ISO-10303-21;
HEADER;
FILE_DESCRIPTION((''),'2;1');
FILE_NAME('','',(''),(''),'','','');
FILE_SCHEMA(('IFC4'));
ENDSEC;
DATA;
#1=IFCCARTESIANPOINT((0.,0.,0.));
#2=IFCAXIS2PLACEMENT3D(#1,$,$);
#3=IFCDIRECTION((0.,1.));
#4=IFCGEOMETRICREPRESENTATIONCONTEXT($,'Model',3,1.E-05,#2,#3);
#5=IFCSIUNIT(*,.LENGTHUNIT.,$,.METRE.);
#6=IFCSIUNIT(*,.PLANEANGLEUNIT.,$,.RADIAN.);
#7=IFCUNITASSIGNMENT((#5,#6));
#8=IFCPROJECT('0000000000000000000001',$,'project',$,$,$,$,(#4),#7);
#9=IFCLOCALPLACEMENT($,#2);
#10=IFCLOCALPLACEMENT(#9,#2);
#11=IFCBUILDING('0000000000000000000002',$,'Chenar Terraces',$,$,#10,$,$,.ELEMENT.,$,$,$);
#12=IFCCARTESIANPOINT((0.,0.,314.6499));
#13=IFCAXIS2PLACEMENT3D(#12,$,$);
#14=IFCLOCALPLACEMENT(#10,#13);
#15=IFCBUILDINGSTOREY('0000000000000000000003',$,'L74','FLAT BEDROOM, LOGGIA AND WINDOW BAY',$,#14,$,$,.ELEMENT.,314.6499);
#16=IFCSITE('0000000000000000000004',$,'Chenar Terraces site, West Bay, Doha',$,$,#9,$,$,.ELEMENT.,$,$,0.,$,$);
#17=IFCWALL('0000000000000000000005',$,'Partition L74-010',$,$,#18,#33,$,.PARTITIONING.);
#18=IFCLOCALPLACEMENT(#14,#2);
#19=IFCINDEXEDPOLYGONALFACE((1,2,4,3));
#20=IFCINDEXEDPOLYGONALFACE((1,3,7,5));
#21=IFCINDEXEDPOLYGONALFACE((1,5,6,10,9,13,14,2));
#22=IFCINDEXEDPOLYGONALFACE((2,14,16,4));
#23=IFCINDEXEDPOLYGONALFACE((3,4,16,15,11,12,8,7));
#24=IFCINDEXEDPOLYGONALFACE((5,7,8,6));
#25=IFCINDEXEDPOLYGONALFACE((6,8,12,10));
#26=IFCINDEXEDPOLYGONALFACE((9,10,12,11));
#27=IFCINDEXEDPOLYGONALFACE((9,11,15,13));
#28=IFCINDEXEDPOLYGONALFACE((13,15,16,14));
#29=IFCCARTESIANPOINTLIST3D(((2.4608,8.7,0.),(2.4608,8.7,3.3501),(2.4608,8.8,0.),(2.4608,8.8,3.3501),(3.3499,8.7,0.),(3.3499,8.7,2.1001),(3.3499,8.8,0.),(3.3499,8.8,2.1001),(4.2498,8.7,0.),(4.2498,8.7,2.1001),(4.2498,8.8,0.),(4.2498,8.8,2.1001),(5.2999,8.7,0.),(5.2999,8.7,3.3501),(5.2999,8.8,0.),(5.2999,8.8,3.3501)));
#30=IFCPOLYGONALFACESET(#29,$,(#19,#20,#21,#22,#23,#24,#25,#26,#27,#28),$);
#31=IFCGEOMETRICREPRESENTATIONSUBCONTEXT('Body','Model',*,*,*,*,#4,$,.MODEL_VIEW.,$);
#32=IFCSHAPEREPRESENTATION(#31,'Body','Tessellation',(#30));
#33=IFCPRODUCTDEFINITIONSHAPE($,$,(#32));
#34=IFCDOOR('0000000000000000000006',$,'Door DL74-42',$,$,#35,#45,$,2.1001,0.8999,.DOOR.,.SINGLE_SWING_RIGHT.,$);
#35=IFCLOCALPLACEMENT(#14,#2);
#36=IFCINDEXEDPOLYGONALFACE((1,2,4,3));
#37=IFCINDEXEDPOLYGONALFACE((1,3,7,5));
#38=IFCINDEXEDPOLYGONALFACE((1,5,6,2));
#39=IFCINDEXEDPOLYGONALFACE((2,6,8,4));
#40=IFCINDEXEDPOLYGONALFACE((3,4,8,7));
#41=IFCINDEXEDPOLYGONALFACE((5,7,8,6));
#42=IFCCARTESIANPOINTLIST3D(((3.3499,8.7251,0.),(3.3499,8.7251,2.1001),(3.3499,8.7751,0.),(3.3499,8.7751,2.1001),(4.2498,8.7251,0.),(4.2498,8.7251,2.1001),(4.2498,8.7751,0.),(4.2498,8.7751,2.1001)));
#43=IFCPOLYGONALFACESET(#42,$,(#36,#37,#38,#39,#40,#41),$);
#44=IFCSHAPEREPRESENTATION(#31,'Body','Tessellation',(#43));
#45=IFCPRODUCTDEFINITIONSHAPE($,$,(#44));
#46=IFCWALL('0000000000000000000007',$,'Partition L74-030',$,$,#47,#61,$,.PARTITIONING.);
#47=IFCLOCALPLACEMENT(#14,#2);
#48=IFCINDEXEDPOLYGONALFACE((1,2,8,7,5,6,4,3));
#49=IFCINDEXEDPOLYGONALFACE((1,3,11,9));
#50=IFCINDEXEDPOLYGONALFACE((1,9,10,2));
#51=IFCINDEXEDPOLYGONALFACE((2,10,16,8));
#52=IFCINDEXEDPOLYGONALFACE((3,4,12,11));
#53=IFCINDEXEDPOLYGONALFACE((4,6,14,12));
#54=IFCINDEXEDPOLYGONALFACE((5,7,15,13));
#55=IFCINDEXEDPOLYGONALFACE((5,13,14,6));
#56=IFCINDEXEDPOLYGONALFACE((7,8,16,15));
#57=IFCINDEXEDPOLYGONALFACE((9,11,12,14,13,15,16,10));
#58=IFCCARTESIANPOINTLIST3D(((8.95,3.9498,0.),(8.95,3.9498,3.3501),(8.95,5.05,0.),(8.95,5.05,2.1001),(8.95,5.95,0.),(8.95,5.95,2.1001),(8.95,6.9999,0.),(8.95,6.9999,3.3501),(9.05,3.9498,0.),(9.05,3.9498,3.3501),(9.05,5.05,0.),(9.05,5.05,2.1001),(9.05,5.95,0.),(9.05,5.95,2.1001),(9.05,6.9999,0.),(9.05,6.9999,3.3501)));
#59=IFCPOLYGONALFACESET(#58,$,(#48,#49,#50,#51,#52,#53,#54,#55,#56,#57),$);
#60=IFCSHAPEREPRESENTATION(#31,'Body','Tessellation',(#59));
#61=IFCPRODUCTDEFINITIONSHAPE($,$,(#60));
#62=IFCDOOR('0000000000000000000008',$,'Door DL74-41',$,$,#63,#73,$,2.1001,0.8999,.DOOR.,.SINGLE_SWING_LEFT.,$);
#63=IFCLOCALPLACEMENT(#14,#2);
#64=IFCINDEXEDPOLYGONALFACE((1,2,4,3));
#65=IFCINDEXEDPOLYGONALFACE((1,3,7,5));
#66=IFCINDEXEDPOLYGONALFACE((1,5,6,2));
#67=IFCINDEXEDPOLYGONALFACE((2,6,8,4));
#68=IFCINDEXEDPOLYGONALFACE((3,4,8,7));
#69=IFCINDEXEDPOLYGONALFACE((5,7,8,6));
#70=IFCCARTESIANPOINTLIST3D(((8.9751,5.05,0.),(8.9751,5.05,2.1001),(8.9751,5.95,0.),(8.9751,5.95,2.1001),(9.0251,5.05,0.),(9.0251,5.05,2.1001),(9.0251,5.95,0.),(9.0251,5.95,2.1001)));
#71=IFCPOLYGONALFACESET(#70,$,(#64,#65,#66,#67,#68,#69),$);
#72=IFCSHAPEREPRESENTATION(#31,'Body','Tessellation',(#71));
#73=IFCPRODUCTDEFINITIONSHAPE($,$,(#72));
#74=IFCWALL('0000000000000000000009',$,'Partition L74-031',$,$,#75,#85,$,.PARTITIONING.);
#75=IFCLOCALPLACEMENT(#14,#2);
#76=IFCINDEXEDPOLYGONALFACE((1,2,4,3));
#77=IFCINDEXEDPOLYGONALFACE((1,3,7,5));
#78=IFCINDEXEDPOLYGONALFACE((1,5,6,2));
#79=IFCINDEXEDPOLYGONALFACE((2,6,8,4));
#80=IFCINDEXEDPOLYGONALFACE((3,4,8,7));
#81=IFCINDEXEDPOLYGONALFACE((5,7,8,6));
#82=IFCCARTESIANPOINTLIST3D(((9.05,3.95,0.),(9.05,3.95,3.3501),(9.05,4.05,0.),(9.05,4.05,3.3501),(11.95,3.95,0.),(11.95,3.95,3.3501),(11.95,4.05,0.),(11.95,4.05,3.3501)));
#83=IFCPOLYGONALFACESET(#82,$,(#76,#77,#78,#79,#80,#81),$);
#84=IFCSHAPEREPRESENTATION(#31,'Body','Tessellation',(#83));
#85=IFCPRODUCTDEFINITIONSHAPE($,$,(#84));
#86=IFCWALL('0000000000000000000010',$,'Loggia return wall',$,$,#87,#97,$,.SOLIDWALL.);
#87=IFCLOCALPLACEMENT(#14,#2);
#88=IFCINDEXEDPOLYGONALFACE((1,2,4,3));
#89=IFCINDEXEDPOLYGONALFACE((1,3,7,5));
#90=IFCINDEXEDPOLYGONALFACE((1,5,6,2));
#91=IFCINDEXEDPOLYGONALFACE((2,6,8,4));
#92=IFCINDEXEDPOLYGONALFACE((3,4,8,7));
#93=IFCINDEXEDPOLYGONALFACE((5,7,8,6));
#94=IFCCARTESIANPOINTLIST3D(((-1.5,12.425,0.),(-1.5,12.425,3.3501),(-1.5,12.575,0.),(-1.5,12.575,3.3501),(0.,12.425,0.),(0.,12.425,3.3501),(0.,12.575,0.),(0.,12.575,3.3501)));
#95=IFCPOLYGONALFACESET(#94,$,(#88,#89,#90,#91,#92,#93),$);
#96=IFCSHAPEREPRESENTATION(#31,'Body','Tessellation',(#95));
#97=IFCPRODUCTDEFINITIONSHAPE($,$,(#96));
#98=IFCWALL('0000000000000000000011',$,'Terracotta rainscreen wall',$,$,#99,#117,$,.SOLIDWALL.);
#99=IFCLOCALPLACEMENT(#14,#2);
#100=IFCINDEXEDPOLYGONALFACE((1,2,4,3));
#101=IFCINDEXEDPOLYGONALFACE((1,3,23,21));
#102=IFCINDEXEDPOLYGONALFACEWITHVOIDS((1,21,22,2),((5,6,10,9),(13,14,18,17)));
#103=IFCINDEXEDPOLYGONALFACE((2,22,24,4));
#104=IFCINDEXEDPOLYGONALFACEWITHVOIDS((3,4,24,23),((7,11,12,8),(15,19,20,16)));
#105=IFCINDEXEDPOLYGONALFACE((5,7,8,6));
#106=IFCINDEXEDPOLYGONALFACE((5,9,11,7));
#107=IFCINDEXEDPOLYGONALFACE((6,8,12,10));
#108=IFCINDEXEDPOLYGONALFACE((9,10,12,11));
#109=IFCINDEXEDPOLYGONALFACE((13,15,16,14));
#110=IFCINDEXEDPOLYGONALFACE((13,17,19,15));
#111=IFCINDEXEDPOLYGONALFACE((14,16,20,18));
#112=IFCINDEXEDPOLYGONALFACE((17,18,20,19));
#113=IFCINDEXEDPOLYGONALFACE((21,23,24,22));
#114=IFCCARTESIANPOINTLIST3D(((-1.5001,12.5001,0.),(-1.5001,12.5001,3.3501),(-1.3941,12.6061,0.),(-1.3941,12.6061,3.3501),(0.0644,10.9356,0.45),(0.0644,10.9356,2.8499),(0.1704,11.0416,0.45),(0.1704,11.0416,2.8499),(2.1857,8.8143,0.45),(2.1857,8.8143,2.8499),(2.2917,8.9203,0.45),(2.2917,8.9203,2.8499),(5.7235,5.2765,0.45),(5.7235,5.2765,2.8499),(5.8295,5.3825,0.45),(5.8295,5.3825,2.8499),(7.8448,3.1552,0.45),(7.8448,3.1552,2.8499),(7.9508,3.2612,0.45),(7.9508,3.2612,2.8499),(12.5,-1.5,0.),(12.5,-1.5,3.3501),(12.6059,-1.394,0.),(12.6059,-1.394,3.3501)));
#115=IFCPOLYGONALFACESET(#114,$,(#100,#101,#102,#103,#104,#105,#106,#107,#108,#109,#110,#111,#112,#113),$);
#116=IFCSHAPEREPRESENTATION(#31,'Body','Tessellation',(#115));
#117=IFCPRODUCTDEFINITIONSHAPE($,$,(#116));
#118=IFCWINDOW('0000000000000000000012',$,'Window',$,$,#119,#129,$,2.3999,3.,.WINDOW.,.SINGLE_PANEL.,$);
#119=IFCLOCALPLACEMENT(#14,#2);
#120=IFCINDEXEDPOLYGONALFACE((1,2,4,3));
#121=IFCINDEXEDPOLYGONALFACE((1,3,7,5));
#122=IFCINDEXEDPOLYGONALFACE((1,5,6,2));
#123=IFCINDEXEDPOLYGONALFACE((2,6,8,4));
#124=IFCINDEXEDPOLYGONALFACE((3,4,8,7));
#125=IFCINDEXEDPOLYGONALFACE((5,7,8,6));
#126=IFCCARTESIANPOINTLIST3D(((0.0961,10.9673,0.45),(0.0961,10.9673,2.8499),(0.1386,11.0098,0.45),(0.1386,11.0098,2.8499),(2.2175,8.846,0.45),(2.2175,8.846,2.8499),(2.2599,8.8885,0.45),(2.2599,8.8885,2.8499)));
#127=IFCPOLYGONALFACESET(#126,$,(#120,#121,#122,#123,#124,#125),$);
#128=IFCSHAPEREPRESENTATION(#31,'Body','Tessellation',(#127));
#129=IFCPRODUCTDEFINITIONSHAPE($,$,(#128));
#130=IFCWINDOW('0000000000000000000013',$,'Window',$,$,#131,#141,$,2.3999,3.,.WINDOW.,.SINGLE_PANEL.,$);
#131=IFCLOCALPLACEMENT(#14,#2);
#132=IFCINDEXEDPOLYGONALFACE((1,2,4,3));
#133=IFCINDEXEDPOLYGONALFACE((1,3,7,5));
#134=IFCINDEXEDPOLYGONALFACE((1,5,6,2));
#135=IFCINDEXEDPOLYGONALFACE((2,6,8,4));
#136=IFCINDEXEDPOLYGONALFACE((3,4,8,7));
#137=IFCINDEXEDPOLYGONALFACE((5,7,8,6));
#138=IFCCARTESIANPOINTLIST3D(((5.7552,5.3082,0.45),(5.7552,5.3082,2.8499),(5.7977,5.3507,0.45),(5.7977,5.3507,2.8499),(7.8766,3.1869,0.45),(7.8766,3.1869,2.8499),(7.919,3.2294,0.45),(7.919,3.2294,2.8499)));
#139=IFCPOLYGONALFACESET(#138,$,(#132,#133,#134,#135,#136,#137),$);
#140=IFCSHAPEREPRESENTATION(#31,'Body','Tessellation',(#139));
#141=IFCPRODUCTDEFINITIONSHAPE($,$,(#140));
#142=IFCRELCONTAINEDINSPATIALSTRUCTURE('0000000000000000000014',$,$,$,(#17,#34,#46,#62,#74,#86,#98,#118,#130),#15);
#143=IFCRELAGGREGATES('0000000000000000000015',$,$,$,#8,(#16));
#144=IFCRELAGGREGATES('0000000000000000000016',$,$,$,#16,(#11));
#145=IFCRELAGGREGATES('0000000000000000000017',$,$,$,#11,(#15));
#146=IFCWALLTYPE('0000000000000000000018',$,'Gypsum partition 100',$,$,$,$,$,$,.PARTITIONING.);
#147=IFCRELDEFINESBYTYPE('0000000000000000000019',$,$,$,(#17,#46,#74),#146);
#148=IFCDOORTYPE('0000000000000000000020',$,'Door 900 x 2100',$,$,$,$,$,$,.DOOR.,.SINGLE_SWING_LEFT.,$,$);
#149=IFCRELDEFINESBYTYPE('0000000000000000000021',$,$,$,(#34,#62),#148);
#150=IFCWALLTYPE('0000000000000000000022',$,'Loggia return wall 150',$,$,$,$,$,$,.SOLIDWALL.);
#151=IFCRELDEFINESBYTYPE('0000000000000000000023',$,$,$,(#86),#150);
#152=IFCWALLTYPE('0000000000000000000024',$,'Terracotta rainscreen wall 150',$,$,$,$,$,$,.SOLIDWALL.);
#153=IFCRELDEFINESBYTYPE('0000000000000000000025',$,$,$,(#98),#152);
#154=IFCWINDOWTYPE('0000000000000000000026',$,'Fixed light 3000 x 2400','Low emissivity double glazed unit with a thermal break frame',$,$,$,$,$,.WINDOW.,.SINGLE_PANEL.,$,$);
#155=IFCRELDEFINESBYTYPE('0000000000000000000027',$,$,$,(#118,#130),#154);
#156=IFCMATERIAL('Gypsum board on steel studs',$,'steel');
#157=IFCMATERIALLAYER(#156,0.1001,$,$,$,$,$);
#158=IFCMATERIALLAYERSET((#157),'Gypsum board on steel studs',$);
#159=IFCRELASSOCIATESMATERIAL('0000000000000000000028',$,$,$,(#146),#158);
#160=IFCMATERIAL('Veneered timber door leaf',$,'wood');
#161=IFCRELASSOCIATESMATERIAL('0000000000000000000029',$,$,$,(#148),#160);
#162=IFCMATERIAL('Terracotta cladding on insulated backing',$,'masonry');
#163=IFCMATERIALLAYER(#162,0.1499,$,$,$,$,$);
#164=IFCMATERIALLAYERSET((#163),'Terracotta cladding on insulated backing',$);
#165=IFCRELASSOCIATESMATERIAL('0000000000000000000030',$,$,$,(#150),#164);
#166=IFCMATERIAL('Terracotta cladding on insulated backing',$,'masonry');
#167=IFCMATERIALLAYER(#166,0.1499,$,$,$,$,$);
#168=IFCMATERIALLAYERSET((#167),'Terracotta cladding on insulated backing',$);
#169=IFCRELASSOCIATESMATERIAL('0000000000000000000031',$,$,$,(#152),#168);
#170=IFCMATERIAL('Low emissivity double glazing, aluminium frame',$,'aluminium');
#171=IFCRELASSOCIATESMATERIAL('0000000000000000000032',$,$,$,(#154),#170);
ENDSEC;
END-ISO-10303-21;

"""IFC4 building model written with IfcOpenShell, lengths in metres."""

from ifc_helpers import new_model, si_unit, direction, frame, frame_2d, origin, place, context, subcontext, project, spatial, rectangle, extrude, material, layer, layer_set, type_object, element, fill, save


model = new_model("IFC4")

# Units and contexts
model_context = context("Model", 3, precision=1e-05, world=origin(), true_north=direction((0.0, 1.0)))
body_context = subcontext(model_context, "Body", "Model", "MODEL_VIEW")
ifc_project = project(units=[si_unit("LENGTHUNIT", "METRE"), si_unit("PLANEANGLEUNIT", "RADIAN")], contexts=[model_context])

# Site, building, storey
site_placement = place(None, origin())
site = spatial("IfcSite", under=ifc_project, at=site_placement, Name="Chenar Terraces site, West Bay, Doha", CompositionType="ELEMENT", RefElevation=0.0)
building_placement = place(site_placement, origin())
building = spatial("IfcBuilding", under=site, at=building_placement, Name="Chenar Terraces", CompositionType="ELEMENT")
storey_placement = place(building_placement, frame((0.0, 0.0, 314.6499)))
storey = spatial("IfcBuildingStorey", under=building, at=storey_placement, Name="L74", Description="FLAT BEDROOM, LOGGIA AND WINDOW BAY", CompositionType="ELEMENT", Elevation=314.6499)

# Walls, openings, doors
ifc_material_1 = material(Name="Gypsum board on steel studs", Category="steel")
ifc_layer_1 = layer(ifc_material_1, 0.1001)
ifc_layer_set_1 = layer_set([ifc_layer_1], Name="Gypsum board on steel studs")
wall_type_1 = type_object("IfcWallType", Name="Gypsum partition 100", PredefinedType="PARTITIONING", material=ifc_layer_set_1)
wall_1_placement = place(storey_placement, frame((2.4609, 8.75, 0.0), z_axis=(0.0, 0.0, 1.0), x_axis=(1.0, 0.0, 0.0)))
wall_1 = element("IfcWall", 1, at=wall_1_placement, inside=storey, type_object=wall_type_1, Name="Partition L74-010", PredefinedType="PARTITIONING", context=body_context, shape_type="SweptSolid", body=[
    extrude(rectangle(XDim=2.8391, YDim=0.1001, at=frame_2d((1.4194, 0.0))), origin(), (0.0, 0.0, 1.0), 3.3501),
])
opening_1_placement = place(wall_1_placement, frame((0.8889, 0.0, 0.0)))
opening_1 = element("IfcOpeningElement", 2, at=opening_1_placement, cuts=wall_1, PredefinedType="OPENING", context=body_context, shape_type="SweptSolid", body=[
    extrude(rectangle(XDim=0.8999, YDim=2.1001, at=frame_2d((0.45, 1.05))), frame((0.0, 0.0601, 0.0), z_axis=(0.0, -1.0, 0.0), x_axis=(1.0, 0.0, 0.0)), (0.0, 0.0, 1.0), 0.1201),
])
ifc_material_2 = material(Name="Veneered timber door leaf", Category="wood")
door_type_1 = type_object("IfcDoorType", Name="Door 900 x 2100", OperationType="SINGLE_SWING_LEFT", PredefinedType="DOOR", material=ifc_material_2)
door_1_placement = place(opening_1_placement, frame((0.8999, 0.0, 0.0), z_axis=(0.0, 0.0, 1.0), x_axis=(-1.0, 0.0, 0.0)))
door_1 = element("IfcDoor", 3, at=door_1_placement, inside=storey, type_object=door_type_1, Name="Door DL74-42", OperationType="SINGLE_SWING_RIGHT", OverallHeight=2.1001, OverallWidth=0.8999, PredefinedType="DOOR", context=body_context, shape_type="SweptSolid", body=[
    extrude(rectangle(XDim=0.8999, YDim=2.1001, at=frame_2d((0.45, 1.05))), frame((0.0, 0.0249, 0.0), z_axis=(0.0, -1.0, 0.0), x_axis=(1.0, 0.0, 0.0)), (0.0, 0.0, 1.0), 0.05),
])
fill(opening_1, door_1)
wall_2_placement = place(storey_placement, frame((9.0, 3.95, 0.0), z_axis=(0.0, 0.0, 1.0), x_axis=(0.0, 1.0, 0.0)))
wall_2 = element("IfcWall", 4, at=wall_2_placement, inside=storey, type_object=wall_type_1, Name="Partition L74-030", PredefinedType="PARTITIONING", context=body_context, shape_type="SweptSolid", body=[
    extrude(rectangle(XDim=3.05, YDim=0.1001, at=frame_2d((1.5249, 0.0))), origin(), (0.0, 0.0, 1.0), 3.3501),
])
opening_2_placement = place(wall_2_placement, frame((1.1001, 0.0, 0.0)))
opening_2 = element("IfcOpeningElement", 5, at=opening_2_placement, cuts=wall_2, PredefinedType="OPENING", context=body_context, shape_type="SweptSolid", body=[
    extrude(rectangle(XDim=0.8999, YDim=2.1001, at=frame_2d((0.45, 1.05))), frame((0.0, 0.0601, 0.0), z_axis=(0.0, -1.0, 0.0), x_axis=(1.0, 0.0, 0.0)), (0.0, 0.0, 1.0), 0.1201),
])
door_2_placement = place(opening_2_placement, origin())
door_2 = element("IfcDoor", 6, at=door_2_placement, inside=storey, type_object=door_type_1, Name="Door DL74-41", OperationType="SINGLE_SWING_LEFT", OverallHeight=2.1001, OverallWidth=0.8999, PredefinedType="DOOR", context=body_context, shape_type="SweptSolid", body=[
    extrude(rectangle(XDim=0.8999, YDim=2.1001, at=frame_2d((0.45, 1.05))), frame((0.0, 0.0249, 0.0), z_axis=(0.0, -1.0, 0.0), x_axis=(1.0, 0.0, 0.0)), (0.0, 0.0, 1.0), 0.05),
])
fill(opening_2, door_2)

# Walls
wall_3_placement = place(storey_placement, frame((9.05, 4.0, 0.0), z_axis=(0.0, 0.0, 1.0), x_axis=(1.0, 0.0, 0.0)))
element("IfcWall", 7, at=wall_3_placement, inside=storey, type_object=wall_type_1, Name="Partition L74-031", PredefinedType="PARTITIONING", context=body_context, shape_type="SweptSolid", body=[
    extrude(rectangle(XDim=2.8999, YDim=0.1001, at=frame_2d((1.45, 0.0))), origin(), (0.0, 0.0, 1.0), 3.3501),
])
ifc_material_3 = material(Name="Terracotta cladding on insulated backing", Category="masonry")
ifc_layer_2 = layer(ifc_material_3, 0.1499)
ifc_layer_set_2 = layer_set([ifc_layer_2], Name="Terracotta cladding on insulated backing")
wall_type_2 = type_object("IfcWallType", Name="Loggia return wall 150", PredefinedType="SOLIDWALL", material=ifc_layer_set_2)
wall_4_placement = place(storey_placement, frame((-1.5, 12.5, 0.0), z_axis=(0.0, 0.0, 1.0), x_axis=(1.0, 0.0, 0.0)))
element("IfcWall", 8, at=wall_4_placement, inside=storey, type_object=wall_type_2, Name="Loggia return wall", PredefinedType="SOLIDWALL", context=body_context, shape_type="SweptSolid", body=[
    extrude(rectangle(XDim=1.5, YDim=0.1499, at=frame_2d((0.75, 0.0))), origin(), (0.0, 0.0, 1.0), 3.3501),
])

# Wall, openings, windows
ifc_material_4 = material(Name="Terracotta cladding on insulated backing", Category="masonry")
ifc_layer_3 = layer(ifc_material_4, 0.1499)
ifc_layer_set_3 = layer_set([ifc_layer_3], Name="Terracotta cladding on insulated backing")
wall_type_3 = type_object("IfcWallType", Name="Terracotta rainscreen wall 150", PredefinedType="SOLIDWALL", material=ifc_layer_set_3)
wall_5_placement = place(storey_placement, frame((-1.447, 12.553, 0.0), z_axis=(0.0, 0.0, 1.0), x_axis=(0.707107, -0.707107, 0.0)))
wall_5 = element("IfcWall", 9, at=wall_5_placement, inside=storey, type_object=wall_type_3, Name="Terracotta rainscreen wall", PredefinedType="SOLIDWALL", context=body_context, shape_type="SweptSolid", body=[
    extrude(rectangle(XDim=19.7991, YDim=0.1499, at=frame_2d((9.8994, 0.0))), origin(), (0.0, 0.0, 1.0), 3.3501),
])
opening_3_placement = place(wall_5_placement, frame((2.2124, 0.0, 0.45)))
opening_3 = element("IfcOpeningElement", 10, at=opening_3_placement, cuts=wall_5, PredefinedType="OPENING", context=body_context, shape_type="SweptSolid", body=[
    extrude(rectangle(XDim=3.0, YDim=2.3999, at=frame_2d((1.5, 1.2))), frame((0.0, 0.085, 0.0), z_axis=(0.0, -1.0, 0.0), x_axis=(1.0, 0.0, 0.0)), (0.0, 0.0, 1.0), 0.1699),
])
opening_4_placement = place(wall_5_placement, frame((10.2156, 0.0, 0.45)))
opening_4 = element("IfcOpeningElement", 11, at=opening_4_placement, cuts=wall_5, PredefinedType="OPENING", context=body_context, shape_type="SweptSolid", body=[
    extrude(rectangle(XDim=3.0, YDim=2.3999, at=frame_2d((1.5, 1.2))), frame((0.0, 0.085, 0.0), z_axis=(0.0, -1.0, 0.0), x_axis=(1.0, 0.0, 0.0)), (0.0, 0.0, 1.0), 0.1699),
])
ifc_material_5 = material(Name="Low emissivity double glazing, aluminium frame", Category="aluminium")
window_type = type_object("IfcWindowType", Name="Fixed light 3000 x 2400", Description="Low emissivity double glazed unit with a thermal break frame", PartitioningType="SINGLE_PANEL", PredefinedType="WINDOW", material=ifc_material_5)
window_1_placement = place(opening_3_placement, origin())
window_1 = element("IfcWindow", 12, at=window_1_placement, inside=storey, type_object=window_type, Name="Window", OverallHeight=2.3999, OverallWidth=3.0, PartitioningType="SINGLE_PANEL", PredefinedType="WINDOW", context=body_context, shape_type="SweptSolid", body=[
    extrude(rectangle(XDim=3.0, YDim=2.3999, at=frame_2d((1.5, 1.2))), frame((0.0, 0.03, 0.0), z_axis=(0.0, -1.0, 0.0), x_axis=(1.0, 0.0, 0.0)), (0.0, 0.0, 1.0), 0.0601),
])
fill(opening_3, window_1)
window_2_placement = place(opening_4_placement, origin())
window_2 = element("IfcWindow", 13, at=window_2_placement, inside=storey, type_object=window_type, Name="Window", OverallHeight=2.3999, OverallWidth=3.0, PartitioningType="SINGLE_PANEL", PredefinedType="WINDOW", context=body_context, shape_type="SweptSolid", body=[
    extrude(rectangle(XDim=3.0, YDim=2.3999, at=frame_2d((1.5, 1.2))), frame((0.0, 0.03, 0.0), z_axis=(0.0, -1.0, 0.0), x_axis=(1.0, 0.0, 0.0)), (0.0, 0.0, 1.0), 0.0601),
])
fill(opening_4, window_2)

save(model, "model.ifc")
